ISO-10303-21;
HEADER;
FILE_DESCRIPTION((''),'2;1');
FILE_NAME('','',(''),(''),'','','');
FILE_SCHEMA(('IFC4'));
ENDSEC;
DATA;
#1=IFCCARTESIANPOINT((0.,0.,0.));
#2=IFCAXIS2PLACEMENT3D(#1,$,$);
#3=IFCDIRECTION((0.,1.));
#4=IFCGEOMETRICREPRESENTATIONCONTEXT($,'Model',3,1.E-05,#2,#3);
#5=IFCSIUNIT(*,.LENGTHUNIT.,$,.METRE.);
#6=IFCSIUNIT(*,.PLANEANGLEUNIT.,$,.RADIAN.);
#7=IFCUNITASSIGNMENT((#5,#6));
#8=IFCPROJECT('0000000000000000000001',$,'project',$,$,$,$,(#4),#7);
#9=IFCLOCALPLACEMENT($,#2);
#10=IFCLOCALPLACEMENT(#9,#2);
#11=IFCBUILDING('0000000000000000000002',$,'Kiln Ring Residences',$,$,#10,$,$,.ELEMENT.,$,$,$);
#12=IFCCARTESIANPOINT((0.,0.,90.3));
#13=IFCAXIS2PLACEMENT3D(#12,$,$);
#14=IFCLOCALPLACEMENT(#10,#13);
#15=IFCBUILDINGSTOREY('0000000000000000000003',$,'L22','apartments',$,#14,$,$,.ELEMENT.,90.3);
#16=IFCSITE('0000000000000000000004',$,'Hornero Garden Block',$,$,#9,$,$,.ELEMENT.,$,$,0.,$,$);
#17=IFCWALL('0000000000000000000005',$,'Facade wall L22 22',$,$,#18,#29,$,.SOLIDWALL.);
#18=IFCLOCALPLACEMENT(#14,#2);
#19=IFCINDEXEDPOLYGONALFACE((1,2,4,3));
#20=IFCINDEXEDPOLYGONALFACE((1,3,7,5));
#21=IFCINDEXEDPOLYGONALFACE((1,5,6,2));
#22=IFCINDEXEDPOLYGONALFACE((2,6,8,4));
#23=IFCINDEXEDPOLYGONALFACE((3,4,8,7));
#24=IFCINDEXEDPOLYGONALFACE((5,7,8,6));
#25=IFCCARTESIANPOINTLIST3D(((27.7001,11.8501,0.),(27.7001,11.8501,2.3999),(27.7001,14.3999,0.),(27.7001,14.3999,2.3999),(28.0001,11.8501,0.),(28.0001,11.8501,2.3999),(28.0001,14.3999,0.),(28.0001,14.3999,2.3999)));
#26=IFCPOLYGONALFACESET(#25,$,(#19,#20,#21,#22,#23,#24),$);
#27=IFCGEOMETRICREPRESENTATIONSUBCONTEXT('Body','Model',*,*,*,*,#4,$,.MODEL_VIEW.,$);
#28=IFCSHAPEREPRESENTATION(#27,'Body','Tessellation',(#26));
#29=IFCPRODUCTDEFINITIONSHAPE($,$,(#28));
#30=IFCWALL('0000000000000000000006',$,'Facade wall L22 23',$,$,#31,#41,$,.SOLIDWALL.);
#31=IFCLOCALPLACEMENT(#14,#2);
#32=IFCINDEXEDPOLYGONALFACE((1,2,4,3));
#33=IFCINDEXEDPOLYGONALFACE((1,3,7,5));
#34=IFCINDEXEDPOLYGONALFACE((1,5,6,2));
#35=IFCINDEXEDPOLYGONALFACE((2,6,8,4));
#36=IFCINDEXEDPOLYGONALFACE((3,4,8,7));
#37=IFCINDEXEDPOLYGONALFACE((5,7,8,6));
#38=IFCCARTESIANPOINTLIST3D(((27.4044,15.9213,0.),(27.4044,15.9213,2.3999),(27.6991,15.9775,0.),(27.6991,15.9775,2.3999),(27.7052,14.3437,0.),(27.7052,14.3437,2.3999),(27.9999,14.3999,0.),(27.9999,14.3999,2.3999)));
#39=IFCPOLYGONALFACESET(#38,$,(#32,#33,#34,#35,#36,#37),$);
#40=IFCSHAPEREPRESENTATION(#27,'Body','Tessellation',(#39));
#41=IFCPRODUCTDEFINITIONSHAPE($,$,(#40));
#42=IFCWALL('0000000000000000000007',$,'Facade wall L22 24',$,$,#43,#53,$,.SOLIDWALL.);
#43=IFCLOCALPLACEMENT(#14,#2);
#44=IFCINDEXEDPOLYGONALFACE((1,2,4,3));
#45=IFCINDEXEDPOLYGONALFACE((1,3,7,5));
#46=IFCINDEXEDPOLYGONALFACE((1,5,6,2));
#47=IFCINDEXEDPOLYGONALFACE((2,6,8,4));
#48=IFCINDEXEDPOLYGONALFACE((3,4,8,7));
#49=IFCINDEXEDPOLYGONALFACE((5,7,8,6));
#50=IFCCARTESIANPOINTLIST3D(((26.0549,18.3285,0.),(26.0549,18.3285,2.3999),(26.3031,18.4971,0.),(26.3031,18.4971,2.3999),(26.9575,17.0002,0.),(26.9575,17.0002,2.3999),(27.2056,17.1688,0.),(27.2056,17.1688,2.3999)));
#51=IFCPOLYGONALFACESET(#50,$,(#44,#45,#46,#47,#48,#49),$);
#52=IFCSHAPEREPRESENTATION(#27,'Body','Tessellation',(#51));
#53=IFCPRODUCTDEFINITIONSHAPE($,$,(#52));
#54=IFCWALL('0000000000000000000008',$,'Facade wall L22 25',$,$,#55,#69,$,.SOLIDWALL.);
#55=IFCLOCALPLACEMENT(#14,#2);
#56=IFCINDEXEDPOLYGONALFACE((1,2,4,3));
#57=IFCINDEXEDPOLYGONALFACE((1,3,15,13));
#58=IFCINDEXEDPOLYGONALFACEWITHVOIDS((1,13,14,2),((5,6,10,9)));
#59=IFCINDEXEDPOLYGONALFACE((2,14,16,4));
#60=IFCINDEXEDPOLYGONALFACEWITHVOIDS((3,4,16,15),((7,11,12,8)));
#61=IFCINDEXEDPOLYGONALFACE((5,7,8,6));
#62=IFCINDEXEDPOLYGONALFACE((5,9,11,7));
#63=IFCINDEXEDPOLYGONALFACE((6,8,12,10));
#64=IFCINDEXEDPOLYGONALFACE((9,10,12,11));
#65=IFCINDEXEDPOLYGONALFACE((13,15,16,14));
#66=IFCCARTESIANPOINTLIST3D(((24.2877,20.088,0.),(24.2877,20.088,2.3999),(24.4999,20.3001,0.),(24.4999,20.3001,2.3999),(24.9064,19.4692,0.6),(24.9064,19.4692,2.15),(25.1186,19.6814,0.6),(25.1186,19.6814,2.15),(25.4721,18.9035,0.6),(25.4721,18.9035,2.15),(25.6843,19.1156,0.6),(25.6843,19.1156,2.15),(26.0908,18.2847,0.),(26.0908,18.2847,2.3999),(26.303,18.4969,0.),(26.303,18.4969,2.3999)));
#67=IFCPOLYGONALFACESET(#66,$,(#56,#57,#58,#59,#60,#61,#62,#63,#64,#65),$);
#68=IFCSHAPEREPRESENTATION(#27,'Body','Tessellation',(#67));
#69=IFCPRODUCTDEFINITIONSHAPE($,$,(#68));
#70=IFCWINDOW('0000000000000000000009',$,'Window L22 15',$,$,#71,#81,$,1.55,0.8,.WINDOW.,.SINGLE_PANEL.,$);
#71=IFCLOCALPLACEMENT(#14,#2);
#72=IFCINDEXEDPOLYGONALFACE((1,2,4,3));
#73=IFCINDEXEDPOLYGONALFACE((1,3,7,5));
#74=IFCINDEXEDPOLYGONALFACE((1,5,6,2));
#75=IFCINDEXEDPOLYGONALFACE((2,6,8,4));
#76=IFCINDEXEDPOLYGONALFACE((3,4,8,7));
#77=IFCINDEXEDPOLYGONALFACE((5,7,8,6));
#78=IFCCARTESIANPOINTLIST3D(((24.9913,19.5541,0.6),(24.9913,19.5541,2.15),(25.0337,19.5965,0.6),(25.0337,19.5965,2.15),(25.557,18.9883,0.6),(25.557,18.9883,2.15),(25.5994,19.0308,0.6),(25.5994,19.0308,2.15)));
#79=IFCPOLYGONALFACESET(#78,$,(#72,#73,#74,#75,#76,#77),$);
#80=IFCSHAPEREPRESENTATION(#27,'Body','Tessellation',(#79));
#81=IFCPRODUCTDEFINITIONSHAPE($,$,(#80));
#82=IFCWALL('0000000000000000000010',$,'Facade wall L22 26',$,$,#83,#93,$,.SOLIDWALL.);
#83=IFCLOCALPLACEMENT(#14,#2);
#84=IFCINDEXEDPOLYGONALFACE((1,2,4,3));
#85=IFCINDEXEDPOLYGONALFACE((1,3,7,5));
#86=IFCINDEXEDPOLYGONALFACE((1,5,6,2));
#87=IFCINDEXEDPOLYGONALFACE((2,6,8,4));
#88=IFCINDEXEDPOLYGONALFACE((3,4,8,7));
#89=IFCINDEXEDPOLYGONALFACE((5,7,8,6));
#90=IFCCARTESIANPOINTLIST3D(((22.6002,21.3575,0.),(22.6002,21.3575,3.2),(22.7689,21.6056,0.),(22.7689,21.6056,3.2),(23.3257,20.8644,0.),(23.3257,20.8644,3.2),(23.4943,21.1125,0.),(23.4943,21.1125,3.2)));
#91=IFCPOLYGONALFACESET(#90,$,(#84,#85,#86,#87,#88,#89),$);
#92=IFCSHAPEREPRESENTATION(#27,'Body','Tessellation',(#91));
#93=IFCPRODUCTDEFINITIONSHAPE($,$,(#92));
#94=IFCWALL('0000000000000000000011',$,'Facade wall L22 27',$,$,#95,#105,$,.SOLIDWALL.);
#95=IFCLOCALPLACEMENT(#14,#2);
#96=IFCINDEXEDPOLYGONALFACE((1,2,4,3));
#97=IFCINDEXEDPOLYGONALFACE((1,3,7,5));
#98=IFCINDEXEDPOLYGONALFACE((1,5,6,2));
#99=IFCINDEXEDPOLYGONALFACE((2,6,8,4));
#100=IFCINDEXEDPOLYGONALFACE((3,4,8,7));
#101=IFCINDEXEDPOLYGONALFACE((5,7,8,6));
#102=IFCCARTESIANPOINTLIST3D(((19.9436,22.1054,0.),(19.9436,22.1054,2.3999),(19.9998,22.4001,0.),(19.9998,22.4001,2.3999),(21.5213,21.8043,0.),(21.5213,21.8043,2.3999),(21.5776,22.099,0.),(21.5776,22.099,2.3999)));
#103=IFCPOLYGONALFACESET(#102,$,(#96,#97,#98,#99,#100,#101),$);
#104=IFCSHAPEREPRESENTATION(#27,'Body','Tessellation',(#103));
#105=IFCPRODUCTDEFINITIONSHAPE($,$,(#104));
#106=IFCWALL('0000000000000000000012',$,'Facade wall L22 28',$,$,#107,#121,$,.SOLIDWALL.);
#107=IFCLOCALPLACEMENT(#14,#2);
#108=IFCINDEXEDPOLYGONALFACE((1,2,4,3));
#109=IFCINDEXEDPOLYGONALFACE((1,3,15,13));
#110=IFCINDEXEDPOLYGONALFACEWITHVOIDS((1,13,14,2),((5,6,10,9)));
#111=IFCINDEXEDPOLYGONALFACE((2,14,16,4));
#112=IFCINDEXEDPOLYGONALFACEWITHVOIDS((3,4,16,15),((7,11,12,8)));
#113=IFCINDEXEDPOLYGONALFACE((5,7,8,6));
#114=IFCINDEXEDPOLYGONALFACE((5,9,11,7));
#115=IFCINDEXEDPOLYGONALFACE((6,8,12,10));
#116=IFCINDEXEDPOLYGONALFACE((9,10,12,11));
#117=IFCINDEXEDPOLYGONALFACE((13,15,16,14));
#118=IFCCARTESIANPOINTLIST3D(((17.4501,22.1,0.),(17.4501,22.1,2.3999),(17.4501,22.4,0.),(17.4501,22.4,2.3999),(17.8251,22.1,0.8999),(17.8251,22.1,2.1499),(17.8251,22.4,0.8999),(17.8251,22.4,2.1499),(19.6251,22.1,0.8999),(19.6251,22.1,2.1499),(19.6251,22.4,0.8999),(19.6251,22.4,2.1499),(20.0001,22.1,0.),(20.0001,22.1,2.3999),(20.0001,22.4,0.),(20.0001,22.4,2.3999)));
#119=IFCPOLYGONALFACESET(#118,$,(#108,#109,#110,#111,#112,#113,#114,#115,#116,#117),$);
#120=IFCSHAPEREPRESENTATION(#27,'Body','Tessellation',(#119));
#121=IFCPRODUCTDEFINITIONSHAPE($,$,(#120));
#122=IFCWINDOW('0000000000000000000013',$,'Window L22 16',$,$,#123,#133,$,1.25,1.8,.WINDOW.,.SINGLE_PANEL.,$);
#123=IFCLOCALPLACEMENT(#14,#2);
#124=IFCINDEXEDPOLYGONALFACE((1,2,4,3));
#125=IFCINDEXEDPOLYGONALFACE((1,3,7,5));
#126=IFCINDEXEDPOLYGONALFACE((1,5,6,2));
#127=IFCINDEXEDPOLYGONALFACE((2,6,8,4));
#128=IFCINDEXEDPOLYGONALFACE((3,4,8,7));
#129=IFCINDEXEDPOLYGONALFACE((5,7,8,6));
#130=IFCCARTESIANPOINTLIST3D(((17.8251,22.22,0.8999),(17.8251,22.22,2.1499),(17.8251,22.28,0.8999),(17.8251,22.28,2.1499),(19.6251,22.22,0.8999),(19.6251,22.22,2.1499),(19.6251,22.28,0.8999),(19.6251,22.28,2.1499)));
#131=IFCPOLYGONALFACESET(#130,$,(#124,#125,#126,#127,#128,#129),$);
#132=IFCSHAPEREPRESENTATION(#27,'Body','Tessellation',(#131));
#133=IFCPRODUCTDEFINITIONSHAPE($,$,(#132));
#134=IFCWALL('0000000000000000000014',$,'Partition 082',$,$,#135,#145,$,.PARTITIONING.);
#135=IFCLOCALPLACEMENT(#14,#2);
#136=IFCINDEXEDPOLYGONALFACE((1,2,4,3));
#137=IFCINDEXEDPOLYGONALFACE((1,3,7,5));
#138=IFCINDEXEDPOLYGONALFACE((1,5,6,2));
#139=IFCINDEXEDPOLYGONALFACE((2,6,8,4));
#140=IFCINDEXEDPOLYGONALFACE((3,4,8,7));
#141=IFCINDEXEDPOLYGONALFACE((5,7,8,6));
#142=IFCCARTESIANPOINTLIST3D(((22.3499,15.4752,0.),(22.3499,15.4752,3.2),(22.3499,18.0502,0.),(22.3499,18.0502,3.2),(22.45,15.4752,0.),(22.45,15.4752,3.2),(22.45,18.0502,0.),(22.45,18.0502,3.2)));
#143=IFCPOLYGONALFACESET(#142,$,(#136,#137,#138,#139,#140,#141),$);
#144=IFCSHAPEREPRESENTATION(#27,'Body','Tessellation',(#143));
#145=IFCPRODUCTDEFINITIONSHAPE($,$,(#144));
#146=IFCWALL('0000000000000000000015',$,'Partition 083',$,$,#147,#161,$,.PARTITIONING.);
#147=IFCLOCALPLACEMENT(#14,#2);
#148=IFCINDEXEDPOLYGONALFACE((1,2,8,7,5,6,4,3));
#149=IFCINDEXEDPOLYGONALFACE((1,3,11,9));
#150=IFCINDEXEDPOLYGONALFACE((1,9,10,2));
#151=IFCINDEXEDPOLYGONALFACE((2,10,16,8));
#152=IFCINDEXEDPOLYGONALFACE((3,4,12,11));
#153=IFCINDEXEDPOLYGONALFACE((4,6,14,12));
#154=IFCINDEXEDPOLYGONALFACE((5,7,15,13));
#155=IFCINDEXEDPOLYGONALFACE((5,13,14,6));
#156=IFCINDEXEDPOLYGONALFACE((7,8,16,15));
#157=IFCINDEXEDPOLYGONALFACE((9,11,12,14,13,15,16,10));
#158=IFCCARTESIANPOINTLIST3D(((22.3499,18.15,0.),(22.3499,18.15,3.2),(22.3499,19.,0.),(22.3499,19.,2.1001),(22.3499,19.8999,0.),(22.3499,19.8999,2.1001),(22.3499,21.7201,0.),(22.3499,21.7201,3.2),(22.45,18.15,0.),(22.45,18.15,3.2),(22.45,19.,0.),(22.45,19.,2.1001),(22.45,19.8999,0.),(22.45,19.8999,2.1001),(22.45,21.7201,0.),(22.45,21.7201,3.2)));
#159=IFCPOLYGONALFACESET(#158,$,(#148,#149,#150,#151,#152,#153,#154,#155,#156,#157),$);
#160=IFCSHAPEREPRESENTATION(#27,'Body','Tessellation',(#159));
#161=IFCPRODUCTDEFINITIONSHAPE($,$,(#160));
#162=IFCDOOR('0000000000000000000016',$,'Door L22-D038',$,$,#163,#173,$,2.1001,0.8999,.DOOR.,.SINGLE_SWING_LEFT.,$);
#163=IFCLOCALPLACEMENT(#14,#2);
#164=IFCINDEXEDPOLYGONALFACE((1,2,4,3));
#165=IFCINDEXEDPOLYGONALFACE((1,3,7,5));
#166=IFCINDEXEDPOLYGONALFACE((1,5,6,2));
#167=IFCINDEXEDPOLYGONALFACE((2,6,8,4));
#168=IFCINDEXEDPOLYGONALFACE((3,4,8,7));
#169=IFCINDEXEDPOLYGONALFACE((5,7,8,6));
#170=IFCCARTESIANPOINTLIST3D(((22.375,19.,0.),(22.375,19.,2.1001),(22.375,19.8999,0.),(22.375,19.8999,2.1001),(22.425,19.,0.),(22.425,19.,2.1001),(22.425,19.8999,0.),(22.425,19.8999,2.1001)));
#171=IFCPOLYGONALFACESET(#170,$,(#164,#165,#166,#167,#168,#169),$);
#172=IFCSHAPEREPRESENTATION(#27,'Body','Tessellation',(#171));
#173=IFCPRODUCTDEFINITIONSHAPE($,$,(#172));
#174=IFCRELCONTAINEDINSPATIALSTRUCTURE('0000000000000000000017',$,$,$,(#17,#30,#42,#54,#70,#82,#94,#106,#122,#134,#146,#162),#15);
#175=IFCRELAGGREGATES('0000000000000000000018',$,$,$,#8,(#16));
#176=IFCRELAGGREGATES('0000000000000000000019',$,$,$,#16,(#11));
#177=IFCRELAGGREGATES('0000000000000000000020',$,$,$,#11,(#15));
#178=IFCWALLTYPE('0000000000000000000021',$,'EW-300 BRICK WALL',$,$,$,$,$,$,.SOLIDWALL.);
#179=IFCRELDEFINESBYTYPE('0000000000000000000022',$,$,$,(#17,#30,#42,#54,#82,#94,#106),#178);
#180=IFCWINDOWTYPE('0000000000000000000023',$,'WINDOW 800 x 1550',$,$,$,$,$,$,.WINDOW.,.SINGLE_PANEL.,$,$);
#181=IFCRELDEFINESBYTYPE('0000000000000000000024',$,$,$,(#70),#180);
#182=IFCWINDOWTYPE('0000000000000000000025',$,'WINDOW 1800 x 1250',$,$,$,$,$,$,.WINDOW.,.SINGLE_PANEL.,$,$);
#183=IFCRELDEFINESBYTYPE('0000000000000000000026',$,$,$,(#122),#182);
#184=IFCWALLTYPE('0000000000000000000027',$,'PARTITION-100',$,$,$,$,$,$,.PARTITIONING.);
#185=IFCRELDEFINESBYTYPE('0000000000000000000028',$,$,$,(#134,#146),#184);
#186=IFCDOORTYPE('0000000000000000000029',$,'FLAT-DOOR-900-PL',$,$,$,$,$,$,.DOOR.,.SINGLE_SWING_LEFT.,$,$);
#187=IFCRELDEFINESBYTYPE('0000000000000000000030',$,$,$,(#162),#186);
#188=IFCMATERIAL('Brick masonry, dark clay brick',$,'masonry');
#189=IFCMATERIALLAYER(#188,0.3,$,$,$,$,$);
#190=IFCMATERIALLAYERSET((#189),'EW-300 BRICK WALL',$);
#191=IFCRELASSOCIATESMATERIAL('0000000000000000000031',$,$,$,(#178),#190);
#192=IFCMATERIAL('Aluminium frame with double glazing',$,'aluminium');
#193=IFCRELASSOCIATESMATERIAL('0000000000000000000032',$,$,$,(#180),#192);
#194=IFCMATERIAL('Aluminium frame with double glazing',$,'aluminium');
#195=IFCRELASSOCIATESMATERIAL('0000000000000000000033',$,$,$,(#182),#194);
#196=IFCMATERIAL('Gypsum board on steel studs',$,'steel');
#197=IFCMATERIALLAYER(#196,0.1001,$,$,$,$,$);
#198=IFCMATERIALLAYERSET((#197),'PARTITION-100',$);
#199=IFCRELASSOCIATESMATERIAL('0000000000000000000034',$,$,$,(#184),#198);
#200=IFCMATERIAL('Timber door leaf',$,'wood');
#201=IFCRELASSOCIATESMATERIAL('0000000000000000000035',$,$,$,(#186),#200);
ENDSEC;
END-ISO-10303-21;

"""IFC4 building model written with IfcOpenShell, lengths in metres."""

from ifc_helpers import new_model, si_unit, direction, frame, frame_2d, origin, place, context, subcontext, project, spatial, rectangle, extrude, material, layer, layer_set, type_object, element, fill, save


model = new_model("IFC4")

# Units and contexts
model_context = context("Model", 3, precision=1e-05, world=origin(), true_north=direction((0.0, 1.0)))
body_context = subcontext(model_context, "Body", "Model", "MODEL_VIEW")
ifc_project = project(units=[si_unit("LENGTHUNIT", "METRE"), si_unit("PLANEANGLEUNIT", "RADIAN")], contexts=[model_context])

# Site, building, storey
site_placement = place(None, origin())
site = spatial("IfcSite", under=ifc_project, at=site_placement, Name="Hornero Garden Block", CompositionType="ELEMENT", RefElevation=0.0)
building_placement = place(site_placement, origin())
building = spatial("IfcBuilding", under=site, at=building_placement, Name="Kiln Ring Residences", CompositionType="ELEMENT")
storey_placement = place(building_placement, frame((0.0, 0.0, 90.3)))
storey = spatial("IfcBuildingStorey", under=building, at=storey_placement, Name="L22", Description="apartments", CompositionType="ELEMENT", Elevation=90.3)

# Walls
ifc_material_1 = material(Name="Brick masonry, dark clay brick", Category="masonry")
ifc_layer_1 = layer(ifc_material_1, 0.3)
ifc_layer_set_1 = layer_set([ifc_layer_1], Name="EW-300 BRICK WALL")
wall_type_1 = type_object("IfcWallType", Name="EW-300 BRICK WALL", PredefinedType="SOLIDWALL", material=ifc_layer_set_1)
wall_1_placement = place(storey_placement, frame((27.8501, 11.8501, 0.0), z_axis=(0.0, 0.0, 1.0), x_axis=(0.0, 1.0, 0.0)))
element("IfcWall", 1, at=wall_1_placement, inside=storey, type_object=wall_type_1, Name="Facade wall L22 22", PredefinedType="SOLIDWALL", context=body_context, shape_type="SweptSolid", body=[
    extrude(rectangle(XDim=2.5498, YDim=0.3, at=frame_2d((1.2749, 0.0))), origin(), (0.0, 0.0, 1.0), 2.3999),
])
for number, where, z_axis, x_axis, name in (
    (2, (27.8525, 14.3718, 0.0), (0.0, 0.0, 1.0), (-0.18728, 0.982307, 0.0), "Facade wall L22 23"),
    (3, (27.0815, 17.0845, 0.0), (0.0, 0.0, 1.0), (-0.562011, 0.82713, 0.0), "Facade wall L22 24"),
):
    element("IfcWall", number, at=place(storey_placement, frame(where, z_axis=z_axis, x_axis=x_axis)), inside=storey, type_object=wall_type_1, Name=name, PredefinedType="SOLIDWALL", context=body_context, shape_type="SweptSolid", body=[
        extrude(rectangle(XDim=1.606, YDim=0.3, at=frame_2d((0.803, 0.0))), origin(), (0.0, 0.0, 1.0), 2.3999),
    ])

# Wall, opening, window
wall_2_placement = place(storey_placement, frame((26.1968, 18.3909, 0.0), z_axis=(0.0, 0.0, 1.0), x_axis=(-0.707059, 0.707155, 0.0)))
wall_2 = element("IfcWall", 4, at=wall_2_placement, inside=storey, type_object=wall_type_1, Name="Facade wall L22 25", PredefinedType="SOLIDWALL", context=body_context, shape_type="SweptSolid", body=[
    extrude(rectangle(XDim=2.55, YDim=0.3, at=frame_2d((1.2749, 0.0))), origin(), (0.0, 0.0, 1.0), 2.3999),
])
opening_1_placement = place(wall_2_placement, frame((0.875, 0.0, 0.6001)))
opening_1 = element("IfcOpeningElement", 5, at=opening_1_placement, cuts=wall_2, PredefinedType="OPENING", context=body_context, shape_type="SweptSolid", body=[
    extrude(rectangle(XDim=0.8, YDim=1.55, at=frame_2d((0.3999, 0.7749))), frame((0.0, 0.1599, 0.0), z_axis=(0.0, -1.0, 0.0), x_axis=(1.0, 0.0, 0.0)), (0.0, 0.0, 1.0), 0.3201),
])
ifc_material_2 = material(Name="Aluminium frame with double glazing", Category="aluminium")
window_type_1 = type_object("IfcWindowType", Name="WINDOW 800 x 1550", PartitioningType="SINGLE_PANEL", PredefinedType="WINDOW", material=ifc_material_2)
window_1_placement = place(opening_1_placement, origin())
window_1 = element("IfcWindow", 6, at=window_1_placement, inside=storey, type_object=window_type_1, Name="Window L22 15", OverallHeight=1.55, OverallWidth=0.8, PartitioningType="SINGLE_PANEL", PredefinedType="WINDOW", context=body_context, shape_type="SweptSolid", body=[
    extrude(rectangle(XDim=0.8, YDim=1.55, at=frame_2d((0.3999, 0.7749))), frame((0.0, 0.03, 0.0), z_axis=(0.0, -1.0, 0.0), x_axis=(1.0, 0.0, 0.0)), (0.0, 0.0, 1.0), 0.0601),
])
fill(opening_1, window_1)

# Walls
wall_3_placement = place(storey_placement, frame((23.4099, 20.9885, 0.0), z_axis=(0.0, 0.0, 1.0), x_axis=(-0.827051, 0.562127, 0.0)))
element("IfcWall", 7, at=wall_3_placement, inside=storey, type_object=wall_type_1, Name="Facade wall L22 26", PredefinedType="SOLIDWALL", context=body_context, shape_type="SweptSolid", body=[
    extrude(rectangle(XDim=0.8772, YDim=0.3, at=frame_2d((0.4385, 0.0))), origin(), (0.0, 0.0, 1.0), 3.2),
])
wall_4_placement = place(storey_placement, frame((21.5496, 21.9517, 0.0), z_axis=(0.0, 0.0, 1.0), x_axis=(-0.982279, 0.187426, 0.0)))
element("IfcWall", 8, at=wall_4_placement, inside=storey, type_object=wall_type_1, Name="Facade wall L22 27", PredefinedType="SOLIDWALL", context=body_context, shape_type="SweptSolid", body=[
    extrude(rectangle(XDim=1.6062, YDim=0.3, at=frame_2d((0.8032, 0.0))), origin(), (0.0, 0.0, 1.0), 2.3999),
])

# Wall, opening, window
wall_5_placement = place(storey_placement, frame((20.0, 22.25, 0.0), z_axis=(0.0, 0.0, 1.0), x_axis=(-1.0, 0.0, 0.0)))
wall_5 = element("IfcWall", 9, at=wall_5_placement, inside=storey, type_object=wall_type_1, Name="Facade wall L22 28", PredefinedType="SOLIDWALL", context=body_context, shape_type="SweptSolid", body=[
    extrude(rectangle(XDim=2.55, YDim=0.3, at=frame_2d((1.2749, 0.0))), origin(), (0.0, 0.0, 1.0), 2.3999),
])
opening_2_placement = place(wall_5_placement, frame((0.375, 0.0, 0.8999)))
opening_2 = element("IfcOpeningElement", 10, at=opening_2_placement, cuts=wall_5, PredefinedType="OPENING", context=body_context, shape_type="SweptSolid", body=[
    extrude(rectangle(XDim=1.8, YDim=1.25, at=frame_2d((0.8999, 0.625))), frame((0.0, 0.1599, 0.0), z_axis=(0.0, -1.0, 0.0), x_axis=(1.0, 0.0, 0.0)), (0.0, 0.0, 1.0), 0.3201),
])
ifc_material_3 = material(Name="Aluminium frame with double glazing", Category="aluminium")
window_type_2 = type_object("IfcWindowType", Name="WINDOW 1800 x 1250", PartitioningType="SINGLE_PANEL", PredefinedType="WINDOW", material=ifc_material_3)
window_2_placement = place(opening_2_placement, origin())
window_2 = element("IfcWindow", 11, at=window_2_placement, inside=storey, type_object=window_type_2, Name="Window L22 16", OverallHeight=1.25, OverallWidth=1.8, PartitioningType="SINGLE_PANEL", PredefinedType="WINDOW", context=body_context, shape_type="SweptSolid", body=[
    extrude(rectangle(XDim=1.8, YDim=1.25, at=frame_2d((0.8999, 0.625))), frame((0.0, 0.03, 0.0), z_axis=(0.0, -1.0, 0.0), x_axis=(1.0, 0.0, 0.0)), (0.0, 0.0, 1.0), 0.0601),
])
fill(opening_2, window_2)

# Wall
ifc_material_4 = material(Name="Gypsum board on steel studs", Category="steel")
ifc_layer_2 = layer(ifc_material_4, 0.1001)
ifc_layer_set_2 = layer_set([ifc_layer_2], Name="PARTITION-100")
wall_type_2 = type_object("IfcWallType", Name="PARTITION-100", PredefinedType="PARTITIONING", material=ifc_layer_set_2)
wall_6_placement = place(storey_placement, frame((22.3999, 15.4751, 0.0), z_axis=(0.0, 0.0, 1.0), x_axis=(0.0, 1.0, 0.0)))
element("IfcWall", 12, at=wall_6_placement, inside=storey, type_object=wall_type_2, Name="Partition 082", PredefinedType="PARTITIONING", context=body_context, shape_type="SweptSolid", body=[
    extrude(rectangle(XDim=2.575, YDim=0.1001, at=frame_2d((1.2876, 0.0))), origin(), (0.0, 0.0, 1.0), 3.2),
])

# Wall, opening, door
wall_7_placement = place(storey_placement, frame((22.3999, 18.1499, 0.0), z_axis=(0.0, 0.0, 1.0), x_axis=(0.0, 1.0, 0.0)))
wall_7 = element("IfcWall", 13, at=wall_7_placement, inside=storey, type_object=wall_type_2, Name="Partition 083", PredefinedType="PARTITIONING", context=body_context, shape_type="SweptSolid", body=[
    extrude(rectangle(XDim=3.5701, YDim=0.1001, at=frame_2d((1.7852, 0.0))), origin(), (0.0, 0.0, 1.0), 3.2),
])
opening_3_placement = place(wall_7_placement, frame((0.8501, 0.0, 0.0)))
opening_3 = element("IfcOpeningElement", 14, at=opening_3_placement, cuts=wall_7, PredefinedType="OPENING", context=body_context, shape_type="SweptSolid", body=[
    extrude(rectangle(XDim=0.8999, YDim=2.1001, at=frame_2d((0.45, 1.05))), frame((0.0, 0.0601, 0.0), z_axis=(0.0, -1.0, 0.0), x_axis=(1.0, 0.0, 0.0)), (0.0, 0.0, 1.0), 0.1201),
])
ifc_material_5 = material(Name="Timber door leaf", Category="wood")
door_type_1 = type_object("IfcDoorType", Name="FLAT-DOOR-900-PL", OperationType="SINGLE_SWING_LEFT", PredefinedType="DOOR", material=ifc_material_5)
door_1_placement = place(opening_3_placement, origin())
door_1 = element("IfcDoor", 15, at=door_1_placement, inside=storey, type_object=door_type_1, Name="Door L22-D038", OperationType="SINGLE_SWING_LEFT", OverallHeight=2.1001, OverallWidth=0.8999, PredefinedType="DOOR", context=body_context, shape_type="SweptSolid", body=[
    extrude(rectangle(XDim=0.8999, YDim=2.1001, at=frame_2d((0.45, 1.05))), frame((0.0, 0.0249, 0.0), z_axis=(0.0, -1.0, 0.0), x_axis=(1.0, 0.0, 0.0)), (0.0, 0.0, 1.0), 0.05),
])
fill(opening_3, door_1)

save(model, "model.ifc")
